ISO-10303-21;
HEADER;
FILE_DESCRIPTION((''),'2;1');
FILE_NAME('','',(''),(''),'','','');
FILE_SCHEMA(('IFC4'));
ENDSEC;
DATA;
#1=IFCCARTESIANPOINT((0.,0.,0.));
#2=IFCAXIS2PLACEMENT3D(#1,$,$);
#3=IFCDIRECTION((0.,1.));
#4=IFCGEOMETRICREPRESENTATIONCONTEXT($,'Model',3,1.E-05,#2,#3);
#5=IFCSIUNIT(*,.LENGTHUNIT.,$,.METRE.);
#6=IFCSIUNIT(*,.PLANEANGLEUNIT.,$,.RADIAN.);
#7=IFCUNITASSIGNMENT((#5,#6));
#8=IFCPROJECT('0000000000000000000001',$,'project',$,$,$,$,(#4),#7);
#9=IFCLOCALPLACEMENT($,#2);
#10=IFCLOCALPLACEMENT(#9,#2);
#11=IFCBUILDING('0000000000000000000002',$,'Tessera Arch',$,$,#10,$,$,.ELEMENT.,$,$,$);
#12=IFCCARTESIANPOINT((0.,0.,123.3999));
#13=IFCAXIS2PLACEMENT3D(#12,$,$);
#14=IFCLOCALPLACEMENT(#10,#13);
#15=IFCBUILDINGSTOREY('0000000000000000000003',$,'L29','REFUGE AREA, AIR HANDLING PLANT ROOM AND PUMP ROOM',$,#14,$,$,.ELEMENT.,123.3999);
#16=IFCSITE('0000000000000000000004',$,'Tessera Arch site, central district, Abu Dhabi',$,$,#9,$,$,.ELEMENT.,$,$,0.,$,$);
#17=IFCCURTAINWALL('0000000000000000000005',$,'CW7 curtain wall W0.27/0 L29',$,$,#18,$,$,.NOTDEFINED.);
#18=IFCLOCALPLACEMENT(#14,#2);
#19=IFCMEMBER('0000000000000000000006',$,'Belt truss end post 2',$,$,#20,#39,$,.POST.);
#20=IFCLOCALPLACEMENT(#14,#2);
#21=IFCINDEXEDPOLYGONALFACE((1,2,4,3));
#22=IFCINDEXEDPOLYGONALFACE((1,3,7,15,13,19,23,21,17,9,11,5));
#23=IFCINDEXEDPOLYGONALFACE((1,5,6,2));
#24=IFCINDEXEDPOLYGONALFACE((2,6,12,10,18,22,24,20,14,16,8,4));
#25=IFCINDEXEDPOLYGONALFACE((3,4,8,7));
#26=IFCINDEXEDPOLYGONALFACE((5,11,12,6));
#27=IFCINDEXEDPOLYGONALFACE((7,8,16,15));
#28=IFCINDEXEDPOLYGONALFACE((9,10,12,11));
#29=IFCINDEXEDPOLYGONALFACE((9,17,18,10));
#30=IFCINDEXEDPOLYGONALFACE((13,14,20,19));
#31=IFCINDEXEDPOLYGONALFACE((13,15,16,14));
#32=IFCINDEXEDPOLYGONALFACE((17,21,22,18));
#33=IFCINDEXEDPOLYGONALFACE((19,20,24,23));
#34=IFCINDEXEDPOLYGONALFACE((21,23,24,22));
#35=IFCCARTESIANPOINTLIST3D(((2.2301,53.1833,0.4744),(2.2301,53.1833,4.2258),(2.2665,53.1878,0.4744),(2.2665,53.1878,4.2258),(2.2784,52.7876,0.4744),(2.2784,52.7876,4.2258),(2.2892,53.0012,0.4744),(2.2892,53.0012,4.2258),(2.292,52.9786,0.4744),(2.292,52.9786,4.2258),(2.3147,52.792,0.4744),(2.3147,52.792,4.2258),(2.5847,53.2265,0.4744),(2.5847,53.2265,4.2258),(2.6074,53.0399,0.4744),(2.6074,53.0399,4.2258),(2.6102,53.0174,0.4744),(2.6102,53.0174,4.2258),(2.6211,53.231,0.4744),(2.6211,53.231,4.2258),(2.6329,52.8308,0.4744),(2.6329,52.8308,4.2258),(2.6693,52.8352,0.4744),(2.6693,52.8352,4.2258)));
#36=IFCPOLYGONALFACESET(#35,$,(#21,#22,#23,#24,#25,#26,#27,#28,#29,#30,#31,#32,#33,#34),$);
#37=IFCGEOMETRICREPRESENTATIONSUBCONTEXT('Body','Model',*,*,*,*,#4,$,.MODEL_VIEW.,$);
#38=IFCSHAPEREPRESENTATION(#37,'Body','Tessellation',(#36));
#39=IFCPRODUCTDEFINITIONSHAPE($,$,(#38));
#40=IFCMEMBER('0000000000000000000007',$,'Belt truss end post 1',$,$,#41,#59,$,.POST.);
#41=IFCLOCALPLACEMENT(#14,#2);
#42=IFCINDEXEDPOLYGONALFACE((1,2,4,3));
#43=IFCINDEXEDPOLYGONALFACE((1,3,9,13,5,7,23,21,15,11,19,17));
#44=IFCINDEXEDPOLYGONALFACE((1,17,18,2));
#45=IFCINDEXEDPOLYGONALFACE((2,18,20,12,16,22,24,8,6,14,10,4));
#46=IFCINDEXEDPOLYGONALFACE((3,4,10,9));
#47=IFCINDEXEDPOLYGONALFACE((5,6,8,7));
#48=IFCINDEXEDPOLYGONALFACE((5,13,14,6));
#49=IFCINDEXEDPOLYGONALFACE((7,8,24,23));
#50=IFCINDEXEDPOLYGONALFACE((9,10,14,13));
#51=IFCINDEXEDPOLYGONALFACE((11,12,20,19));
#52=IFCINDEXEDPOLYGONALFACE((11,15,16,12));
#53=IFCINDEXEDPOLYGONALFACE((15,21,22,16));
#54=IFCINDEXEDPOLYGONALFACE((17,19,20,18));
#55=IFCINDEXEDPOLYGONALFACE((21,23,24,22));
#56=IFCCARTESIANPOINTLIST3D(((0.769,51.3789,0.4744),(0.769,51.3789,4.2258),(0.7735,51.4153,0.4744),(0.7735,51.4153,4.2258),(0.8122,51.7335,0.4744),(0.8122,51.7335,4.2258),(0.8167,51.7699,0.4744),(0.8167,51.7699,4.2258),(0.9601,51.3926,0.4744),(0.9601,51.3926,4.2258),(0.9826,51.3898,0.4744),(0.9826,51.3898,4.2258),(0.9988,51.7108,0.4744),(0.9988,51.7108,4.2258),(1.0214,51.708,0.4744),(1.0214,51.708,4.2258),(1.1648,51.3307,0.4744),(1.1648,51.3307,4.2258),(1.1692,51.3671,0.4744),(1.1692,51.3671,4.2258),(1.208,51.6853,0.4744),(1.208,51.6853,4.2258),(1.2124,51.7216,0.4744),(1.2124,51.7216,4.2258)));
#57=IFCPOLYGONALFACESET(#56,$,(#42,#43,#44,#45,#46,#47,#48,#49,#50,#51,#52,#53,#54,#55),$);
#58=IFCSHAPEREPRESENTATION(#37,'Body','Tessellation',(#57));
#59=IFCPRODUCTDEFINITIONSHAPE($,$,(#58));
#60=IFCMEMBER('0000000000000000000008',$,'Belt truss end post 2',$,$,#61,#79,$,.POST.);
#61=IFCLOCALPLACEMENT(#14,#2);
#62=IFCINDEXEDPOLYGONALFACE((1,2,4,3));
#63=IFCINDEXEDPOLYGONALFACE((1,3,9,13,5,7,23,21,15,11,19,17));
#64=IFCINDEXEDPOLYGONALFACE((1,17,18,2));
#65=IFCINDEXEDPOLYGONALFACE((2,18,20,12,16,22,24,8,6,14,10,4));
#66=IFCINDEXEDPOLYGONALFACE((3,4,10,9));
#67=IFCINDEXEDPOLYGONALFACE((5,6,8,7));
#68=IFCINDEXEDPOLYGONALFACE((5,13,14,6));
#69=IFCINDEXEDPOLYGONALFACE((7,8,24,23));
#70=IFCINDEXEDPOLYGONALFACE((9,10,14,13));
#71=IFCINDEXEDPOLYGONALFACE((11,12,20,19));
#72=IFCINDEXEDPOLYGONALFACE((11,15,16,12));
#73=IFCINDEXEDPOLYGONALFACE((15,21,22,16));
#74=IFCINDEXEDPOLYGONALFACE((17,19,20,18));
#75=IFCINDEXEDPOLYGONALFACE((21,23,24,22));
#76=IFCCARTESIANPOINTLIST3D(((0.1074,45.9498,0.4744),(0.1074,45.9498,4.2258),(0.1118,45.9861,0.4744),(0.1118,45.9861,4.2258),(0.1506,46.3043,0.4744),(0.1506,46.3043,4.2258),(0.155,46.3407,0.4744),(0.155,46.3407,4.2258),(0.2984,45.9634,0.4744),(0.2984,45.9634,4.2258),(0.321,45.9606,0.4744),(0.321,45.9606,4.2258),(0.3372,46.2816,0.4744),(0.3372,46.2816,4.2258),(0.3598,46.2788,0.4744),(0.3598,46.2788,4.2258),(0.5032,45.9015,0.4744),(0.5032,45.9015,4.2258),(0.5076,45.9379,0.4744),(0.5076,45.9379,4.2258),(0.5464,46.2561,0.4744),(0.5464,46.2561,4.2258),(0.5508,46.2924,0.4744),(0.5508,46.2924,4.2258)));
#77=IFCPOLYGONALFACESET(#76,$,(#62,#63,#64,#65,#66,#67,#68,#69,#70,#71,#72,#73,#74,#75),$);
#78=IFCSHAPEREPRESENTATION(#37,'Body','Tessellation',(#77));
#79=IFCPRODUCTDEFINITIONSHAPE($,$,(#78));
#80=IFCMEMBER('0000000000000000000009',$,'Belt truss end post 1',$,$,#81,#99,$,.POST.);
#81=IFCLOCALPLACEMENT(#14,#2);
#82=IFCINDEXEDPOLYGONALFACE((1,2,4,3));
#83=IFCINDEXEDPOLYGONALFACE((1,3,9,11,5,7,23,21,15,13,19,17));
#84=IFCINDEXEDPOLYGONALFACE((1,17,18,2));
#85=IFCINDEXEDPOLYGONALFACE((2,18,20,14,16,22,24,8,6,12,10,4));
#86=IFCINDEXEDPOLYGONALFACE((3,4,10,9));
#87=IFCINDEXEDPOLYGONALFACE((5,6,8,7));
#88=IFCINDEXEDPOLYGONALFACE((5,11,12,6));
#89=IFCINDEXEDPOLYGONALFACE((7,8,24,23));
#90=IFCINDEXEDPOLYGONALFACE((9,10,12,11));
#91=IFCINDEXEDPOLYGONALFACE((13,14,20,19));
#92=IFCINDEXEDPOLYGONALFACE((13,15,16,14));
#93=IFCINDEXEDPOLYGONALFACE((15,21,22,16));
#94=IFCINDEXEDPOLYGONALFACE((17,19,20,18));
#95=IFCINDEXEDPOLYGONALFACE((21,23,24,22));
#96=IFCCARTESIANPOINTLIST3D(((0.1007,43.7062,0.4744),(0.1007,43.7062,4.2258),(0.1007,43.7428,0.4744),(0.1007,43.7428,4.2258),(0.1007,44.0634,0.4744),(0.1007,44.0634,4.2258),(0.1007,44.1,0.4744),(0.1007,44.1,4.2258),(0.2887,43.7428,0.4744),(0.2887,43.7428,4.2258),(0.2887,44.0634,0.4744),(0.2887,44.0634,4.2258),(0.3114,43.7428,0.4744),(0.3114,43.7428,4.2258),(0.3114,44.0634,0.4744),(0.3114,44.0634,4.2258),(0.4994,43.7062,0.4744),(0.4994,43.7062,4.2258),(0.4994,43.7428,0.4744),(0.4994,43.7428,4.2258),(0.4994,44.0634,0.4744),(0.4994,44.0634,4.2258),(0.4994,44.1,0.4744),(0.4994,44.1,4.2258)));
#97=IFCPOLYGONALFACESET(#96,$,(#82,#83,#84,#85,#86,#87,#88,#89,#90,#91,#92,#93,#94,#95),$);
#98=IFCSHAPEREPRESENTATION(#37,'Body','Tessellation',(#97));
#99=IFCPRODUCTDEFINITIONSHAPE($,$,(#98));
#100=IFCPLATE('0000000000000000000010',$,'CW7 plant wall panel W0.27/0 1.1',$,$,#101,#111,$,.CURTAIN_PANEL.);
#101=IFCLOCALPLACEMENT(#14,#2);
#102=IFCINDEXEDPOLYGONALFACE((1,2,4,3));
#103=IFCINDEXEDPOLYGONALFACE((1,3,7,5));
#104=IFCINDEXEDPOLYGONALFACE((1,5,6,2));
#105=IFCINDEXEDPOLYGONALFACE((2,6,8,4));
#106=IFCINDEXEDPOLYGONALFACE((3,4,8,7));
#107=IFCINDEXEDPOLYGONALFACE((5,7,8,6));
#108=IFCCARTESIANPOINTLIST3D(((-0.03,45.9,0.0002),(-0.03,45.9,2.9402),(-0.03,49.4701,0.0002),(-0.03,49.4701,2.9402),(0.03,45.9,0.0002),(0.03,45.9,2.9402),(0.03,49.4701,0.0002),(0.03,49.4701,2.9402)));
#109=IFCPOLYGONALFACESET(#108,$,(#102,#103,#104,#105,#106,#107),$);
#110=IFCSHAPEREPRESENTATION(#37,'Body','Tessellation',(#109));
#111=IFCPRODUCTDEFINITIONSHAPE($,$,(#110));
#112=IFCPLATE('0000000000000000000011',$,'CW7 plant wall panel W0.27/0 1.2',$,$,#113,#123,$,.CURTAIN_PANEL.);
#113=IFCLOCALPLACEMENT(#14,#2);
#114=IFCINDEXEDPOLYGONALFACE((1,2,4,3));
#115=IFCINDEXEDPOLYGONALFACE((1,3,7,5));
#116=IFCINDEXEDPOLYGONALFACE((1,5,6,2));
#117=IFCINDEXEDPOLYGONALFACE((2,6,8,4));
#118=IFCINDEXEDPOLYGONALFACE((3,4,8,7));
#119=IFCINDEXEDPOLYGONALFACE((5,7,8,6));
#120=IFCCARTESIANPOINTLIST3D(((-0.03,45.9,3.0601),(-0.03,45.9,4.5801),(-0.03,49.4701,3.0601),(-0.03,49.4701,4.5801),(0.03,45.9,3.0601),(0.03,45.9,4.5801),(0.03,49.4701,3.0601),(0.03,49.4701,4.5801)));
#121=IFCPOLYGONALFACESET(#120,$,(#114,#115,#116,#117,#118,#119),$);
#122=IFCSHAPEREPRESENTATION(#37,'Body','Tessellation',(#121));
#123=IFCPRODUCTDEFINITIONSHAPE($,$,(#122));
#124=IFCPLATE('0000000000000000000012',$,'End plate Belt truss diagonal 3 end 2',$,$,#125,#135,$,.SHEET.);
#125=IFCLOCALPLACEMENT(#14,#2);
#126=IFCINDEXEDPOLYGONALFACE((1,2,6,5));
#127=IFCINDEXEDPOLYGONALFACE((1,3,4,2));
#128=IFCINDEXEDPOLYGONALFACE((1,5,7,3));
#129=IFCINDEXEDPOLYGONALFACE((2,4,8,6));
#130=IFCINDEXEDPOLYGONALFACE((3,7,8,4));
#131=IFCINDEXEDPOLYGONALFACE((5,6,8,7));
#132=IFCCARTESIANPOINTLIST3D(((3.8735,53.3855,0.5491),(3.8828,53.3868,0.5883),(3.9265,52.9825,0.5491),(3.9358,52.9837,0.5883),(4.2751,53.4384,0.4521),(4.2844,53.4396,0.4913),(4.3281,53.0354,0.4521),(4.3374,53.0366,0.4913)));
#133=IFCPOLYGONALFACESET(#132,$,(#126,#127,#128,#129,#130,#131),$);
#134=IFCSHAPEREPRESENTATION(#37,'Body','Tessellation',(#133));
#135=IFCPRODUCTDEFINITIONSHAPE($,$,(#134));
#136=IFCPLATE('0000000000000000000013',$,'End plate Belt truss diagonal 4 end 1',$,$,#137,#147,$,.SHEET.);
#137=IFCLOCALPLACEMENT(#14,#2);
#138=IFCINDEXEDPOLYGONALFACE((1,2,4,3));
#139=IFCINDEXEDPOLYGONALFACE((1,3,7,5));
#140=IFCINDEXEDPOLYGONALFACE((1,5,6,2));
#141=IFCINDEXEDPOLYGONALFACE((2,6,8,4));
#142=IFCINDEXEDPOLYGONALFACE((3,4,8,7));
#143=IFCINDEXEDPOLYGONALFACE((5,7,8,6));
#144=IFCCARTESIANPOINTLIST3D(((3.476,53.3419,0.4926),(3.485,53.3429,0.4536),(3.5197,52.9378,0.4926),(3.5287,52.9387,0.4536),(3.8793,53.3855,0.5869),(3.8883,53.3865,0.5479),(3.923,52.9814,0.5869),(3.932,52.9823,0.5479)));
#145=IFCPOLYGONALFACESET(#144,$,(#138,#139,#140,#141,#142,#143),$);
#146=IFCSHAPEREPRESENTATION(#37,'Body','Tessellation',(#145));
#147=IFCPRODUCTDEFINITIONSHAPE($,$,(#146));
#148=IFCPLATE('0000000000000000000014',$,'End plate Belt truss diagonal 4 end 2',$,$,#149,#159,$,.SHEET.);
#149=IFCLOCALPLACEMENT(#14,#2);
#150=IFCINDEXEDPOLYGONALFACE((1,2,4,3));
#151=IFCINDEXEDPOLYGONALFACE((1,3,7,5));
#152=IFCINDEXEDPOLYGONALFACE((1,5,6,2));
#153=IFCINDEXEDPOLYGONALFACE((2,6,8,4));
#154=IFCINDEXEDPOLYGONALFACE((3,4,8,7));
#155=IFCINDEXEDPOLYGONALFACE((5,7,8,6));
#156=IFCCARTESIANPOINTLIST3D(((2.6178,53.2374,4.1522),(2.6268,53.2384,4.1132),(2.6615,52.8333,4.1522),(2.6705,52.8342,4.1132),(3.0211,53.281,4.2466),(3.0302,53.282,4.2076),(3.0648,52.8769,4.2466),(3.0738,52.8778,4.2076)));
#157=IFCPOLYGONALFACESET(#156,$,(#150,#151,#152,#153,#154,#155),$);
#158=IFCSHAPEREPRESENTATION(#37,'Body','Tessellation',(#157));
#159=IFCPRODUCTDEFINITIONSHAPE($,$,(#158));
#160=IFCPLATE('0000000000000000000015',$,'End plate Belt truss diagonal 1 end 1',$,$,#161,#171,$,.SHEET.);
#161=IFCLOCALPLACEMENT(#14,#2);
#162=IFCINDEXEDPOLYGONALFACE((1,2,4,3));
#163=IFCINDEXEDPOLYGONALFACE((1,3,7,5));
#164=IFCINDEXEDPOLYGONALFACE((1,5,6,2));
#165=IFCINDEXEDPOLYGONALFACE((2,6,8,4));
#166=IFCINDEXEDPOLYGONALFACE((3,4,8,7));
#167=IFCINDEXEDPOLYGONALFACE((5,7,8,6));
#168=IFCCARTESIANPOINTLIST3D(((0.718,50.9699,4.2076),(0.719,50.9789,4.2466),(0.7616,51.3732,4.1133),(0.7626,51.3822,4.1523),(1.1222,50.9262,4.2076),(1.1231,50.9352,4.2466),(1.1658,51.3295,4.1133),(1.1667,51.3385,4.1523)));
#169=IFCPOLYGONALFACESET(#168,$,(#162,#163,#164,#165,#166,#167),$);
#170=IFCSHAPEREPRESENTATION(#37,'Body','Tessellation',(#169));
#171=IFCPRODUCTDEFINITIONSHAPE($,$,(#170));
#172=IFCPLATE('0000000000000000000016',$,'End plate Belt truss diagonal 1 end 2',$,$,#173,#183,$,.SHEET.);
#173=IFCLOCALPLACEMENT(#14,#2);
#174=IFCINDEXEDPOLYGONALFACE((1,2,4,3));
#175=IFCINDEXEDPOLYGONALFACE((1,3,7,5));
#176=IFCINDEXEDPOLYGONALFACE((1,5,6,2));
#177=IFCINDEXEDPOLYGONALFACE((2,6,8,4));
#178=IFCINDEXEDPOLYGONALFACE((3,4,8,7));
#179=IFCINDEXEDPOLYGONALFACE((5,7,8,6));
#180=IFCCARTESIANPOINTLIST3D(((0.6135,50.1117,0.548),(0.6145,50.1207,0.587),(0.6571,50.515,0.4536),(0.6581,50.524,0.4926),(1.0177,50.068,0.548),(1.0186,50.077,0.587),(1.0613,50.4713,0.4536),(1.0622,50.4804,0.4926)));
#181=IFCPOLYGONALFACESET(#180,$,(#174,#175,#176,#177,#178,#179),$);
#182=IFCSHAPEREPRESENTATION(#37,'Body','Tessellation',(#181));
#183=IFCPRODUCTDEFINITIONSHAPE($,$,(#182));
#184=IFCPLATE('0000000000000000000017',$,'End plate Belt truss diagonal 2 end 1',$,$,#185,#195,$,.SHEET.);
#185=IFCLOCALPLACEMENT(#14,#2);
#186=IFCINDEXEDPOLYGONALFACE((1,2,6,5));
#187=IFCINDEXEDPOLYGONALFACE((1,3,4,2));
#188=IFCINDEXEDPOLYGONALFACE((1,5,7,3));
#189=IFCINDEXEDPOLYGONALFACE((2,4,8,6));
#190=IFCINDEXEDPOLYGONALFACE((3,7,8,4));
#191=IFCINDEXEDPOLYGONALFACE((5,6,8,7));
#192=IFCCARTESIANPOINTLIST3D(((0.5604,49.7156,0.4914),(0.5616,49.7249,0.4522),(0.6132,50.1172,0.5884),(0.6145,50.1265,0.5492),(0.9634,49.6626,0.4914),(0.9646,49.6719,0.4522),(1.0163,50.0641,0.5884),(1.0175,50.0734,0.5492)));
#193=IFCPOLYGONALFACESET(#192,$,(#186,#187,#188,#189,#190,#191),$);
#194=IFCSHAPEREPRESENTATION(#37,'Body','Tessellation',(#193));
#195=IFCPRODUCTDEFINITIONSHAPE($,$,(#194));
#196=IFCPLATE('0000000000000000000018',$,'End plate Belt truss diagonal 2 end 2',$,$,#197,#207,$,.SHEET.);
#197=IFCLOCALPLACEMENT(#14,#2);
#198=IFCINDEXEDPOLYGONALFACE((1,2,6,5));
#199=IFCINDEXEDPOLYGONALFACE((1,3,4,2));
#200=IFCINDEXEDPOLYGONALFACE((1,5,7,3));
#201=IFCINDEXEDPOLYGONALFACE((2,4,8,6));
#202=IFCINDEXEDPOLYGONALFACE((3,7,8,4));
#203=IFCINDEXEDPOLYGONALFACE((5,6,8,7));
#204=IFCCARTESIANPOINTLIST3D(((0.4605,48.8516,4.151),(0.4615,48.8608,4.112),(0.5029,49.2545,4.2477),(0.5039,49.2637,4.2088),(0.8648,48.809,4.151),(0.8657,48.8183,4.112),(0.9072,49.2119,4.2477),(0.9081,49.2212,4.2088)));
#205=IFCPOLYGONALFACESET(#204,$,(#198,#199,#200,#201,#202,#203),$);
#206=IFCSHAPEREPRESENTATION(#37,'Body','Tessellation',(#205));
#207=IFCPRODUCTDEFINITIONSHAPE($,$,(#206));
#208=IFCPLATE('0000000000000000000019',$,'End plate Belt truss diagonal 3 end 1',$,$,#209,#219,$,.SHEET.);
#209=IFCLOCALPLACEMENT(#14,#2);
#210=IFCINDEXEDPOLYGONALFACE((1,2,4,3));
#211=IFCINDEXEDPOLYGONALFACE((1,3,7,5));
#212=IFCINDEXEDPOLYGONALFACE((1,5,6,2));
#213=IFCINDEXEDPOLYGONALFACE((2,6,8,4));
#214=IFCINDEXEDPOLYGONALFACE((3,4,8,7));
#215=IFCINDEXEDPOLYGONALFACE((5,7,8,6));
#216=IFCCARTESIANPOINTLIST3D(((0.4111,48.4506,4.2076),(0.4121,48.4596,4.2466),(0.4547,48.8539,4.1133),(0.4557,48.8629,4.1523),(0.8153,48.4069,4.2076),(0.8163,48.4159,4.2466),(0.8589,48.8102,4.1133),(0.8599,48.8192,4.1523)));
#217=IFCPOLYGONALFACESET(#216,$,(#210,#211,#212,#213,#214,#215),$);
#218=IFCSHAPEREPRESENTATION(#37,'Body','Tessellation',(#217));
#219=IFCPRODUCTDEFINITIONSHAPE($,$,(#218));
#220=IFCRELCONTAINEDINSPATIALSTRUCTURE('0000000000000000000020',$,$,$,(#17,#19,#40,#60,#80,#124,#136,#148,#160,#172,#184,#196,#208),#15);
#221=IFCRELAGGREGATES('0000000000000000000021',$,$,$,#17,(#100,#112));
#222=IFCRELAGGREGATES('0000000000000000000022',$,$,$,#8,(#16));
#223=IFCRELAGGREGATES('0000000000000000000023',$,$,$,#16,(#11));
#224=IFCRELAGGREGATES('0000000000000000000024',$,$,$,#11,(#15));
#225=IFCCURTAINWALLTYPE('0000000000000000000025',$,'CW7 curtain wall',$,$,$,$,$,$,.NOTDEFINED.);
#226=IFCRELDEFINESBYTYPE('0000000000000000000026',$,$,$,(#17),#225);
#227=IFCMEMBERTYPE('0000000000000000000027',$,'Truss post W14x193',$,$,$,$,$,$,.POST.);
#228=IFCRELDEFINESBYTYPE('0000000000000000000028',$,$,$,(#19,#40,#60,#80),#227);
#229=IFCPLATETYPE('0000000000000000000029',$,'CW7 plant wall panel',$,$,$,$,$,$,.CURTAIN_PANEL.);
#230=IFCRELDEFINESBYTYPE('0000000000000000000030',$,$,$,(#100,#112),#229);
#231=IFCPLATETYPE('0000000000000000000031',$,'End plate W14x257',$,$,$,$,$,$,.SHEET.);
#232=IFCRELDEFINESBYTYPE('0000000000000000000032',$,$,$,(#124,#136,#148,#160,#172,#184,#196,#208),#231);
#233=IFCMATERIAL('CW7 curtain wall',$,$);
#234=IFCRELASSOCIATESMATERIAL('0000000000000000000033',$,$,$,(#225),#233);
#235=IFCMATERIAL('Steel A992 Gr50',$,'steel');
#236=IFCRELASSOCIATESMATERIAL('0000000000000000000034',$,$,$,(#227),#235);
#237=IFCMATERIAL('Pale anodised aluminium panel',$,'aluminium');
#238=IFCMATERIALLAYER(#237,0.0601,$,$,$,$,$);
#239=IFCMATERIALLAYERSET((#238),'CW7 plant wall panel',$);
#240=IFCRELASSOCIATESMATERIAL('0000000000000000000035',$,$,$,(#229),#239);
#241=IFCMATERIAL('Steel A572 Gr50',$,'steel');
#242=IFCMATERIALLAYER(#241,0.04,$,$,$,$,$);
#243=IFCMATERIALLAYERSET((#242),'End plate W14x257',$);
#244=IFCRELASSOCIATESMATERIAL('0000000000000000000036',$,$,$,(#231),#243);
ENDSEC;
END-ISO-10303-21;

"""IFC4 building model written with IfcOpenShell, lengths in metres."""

from ifc_helpers import new_model, si_unit, direction, frame, origin, origin_2d, place, context, subcontext, project, spatial, rectangle, i_section, extrude, material, layer, layer_set, material_profile, profile_set, type_object, element, aggregate, save


model = new_model("IFC4")

# Units and contexts
model_context = context("Model", 3, precision=1e-05, world=origin(), true_north=direction((0.0, 1.0)))
body_context = subcontext(model_context, "Body", "Model", "MODEL_VIEW")
ifc_project = project(units=[si_unit("LENGTHUNIT", "METRE"), si_unit("PLANEANGLEUNIT", "RADIAN")], contexts=[model_context])

# Site, building, storey
site_placement = place(None, origin())
site = spatial("IfcSite", under=ifc_project, at=site_placement, Name="Tessera Arch site, central district, Abu Dhabi", CompositionType="ELEMENT", RefElevation=0.0)
building_placement = place(site_placement, origin())
building = spatial("IfcBuilding", under=site, at=building_placement, Name="Tessera Arch", CompositionType="ELEMENT")
storey_placement = place(building_placement, frame((0.0, 0.0, 123.3999)))
storey = spatial("IfcBuildingStorey", under=building, at=storey_placement, Name="L29", Description="REFUGE AREA, AIR HANDLING PLANT ROOM AND PUMP ROOM", CompositionType="ELEMENT", Elevation=123.3999)

# Curtain wall
ifc_material_1 = material(Name="CW7 curtain wall")
curtain_wall_type = type_object("IfcCurtainWallType", Name="CW7 curtain wall", PredefinedType="NOTDEFINED", material=ifc_material_1)
curtain_wall_1_placement = place(storey_placement, origin())
curtain_wall_1 = element("IfcCurtainWall", 1, at=curtain_wall_1_placement, inside=storey, type_object=curtain_wall_type, Name="CW7 curtain wall W0.27/0 L29", PredefinedType="NOTDEFINED")

# Members
ifc_material_2 = material(Name="Steel A992 Gr50", Category="steel")
ifc_material_profile_1 = material_profile(ifc_material_2, i_section(OverallWidth=0.3987, OverallDepth=0.3938, WebThickness=0.0227, FlangeThickness=0.0366, at=origin_2d()), Name="W14x193")
ifc_profile_set_1 = profile_set([ifc_material_profile_1], Name="Steel A992 Gr50")
member_type_1 = type_object("IfcMemberType", Name="Truss post W14x193", PredefinedType="POST", material=ifc_profile_set_1)
for number, where, z_axis, x_axis, name in (
    (2, (2.4497, 53.0093, 0.4744), (0.0, 0.0, 1.0), (-0.120952, 0.992658, 0.0), "Belt truss end post 2"),
    (3, (0.9907, 51.5503, 0.4744), (0.0, 0.0, 1.0), (-0.992658, 0.120952, 0.0), "Belt truss end post 1"),
    (4, (0.3291, 46.1211, 0.4744), (0.0, 0.0, 1.0), (-0.992658, 0.120952, 0.0), "Belt truss end post 2"),
    (5, (0.3, 43.9031, 0.4744), (0.0, 0.0, 1.0), (1.0, 0.0, 0.0), "Belt truss end post 1"),
):
    element("IfcMember", number, at=place(storey_placement, frame(where, z_axis=z_axis, x_axis=x_axis)), inside=storey, type_object=member_type_1, Name=name, PredefinedType="POST", context=body_context, shape_type="SweptSolid", body=[
        extrude(i_section(OverallWidth=0.3987, OverallDepth=0.3938, WebThickness=0.0227, FlangeThickness=0.0366, at=origin_2d()), origin(), (0.0, 0.0, 1.0), 3.7515),
    ])

# Plates
ifc_material_3 = material(Name="Pale anodised aluminium panel", Category="aluminium")
ifc_layer_1 = layer(ifc_material_3, 0.0601)
ifc_layer_set_1 = layer_set([ifc_layer_1], Name="CW7 plant wall panel")
plate_type_1 = type_object("IfcPlateType", Name="CW7 plant wall panel", PredefinedType="CURTAIN_PANEL", material=ifc_layer_set_1)
plate_1_placement = place(storey_placement, frame((0.0, 47.6851, 0.0002), z_axis=(0.0, 0.0, 1.0), x_axis=(0.0, -1.0, 0.0)))
plate_1 = element("IfcPlate", 6, at=plate_1_placement, type_object=plate_type_1, Name="CW7 plant wall panel W0.27/0 1.1", PredefinedType="CURTAIN_PANEL", context=body_context, shape_type="SweptSolid", body=[
    extrude(rectangle(XDim=3.5701, YDim=0.0601, at=origin_2d()), origin(), (0.0, 0.0, 1.0), 2.9399),
])
plate_2_placement = place(storey_placement, frame((0.0, 47.6851, 3.0601), z_axis=(0.0, 0.0, 1.0), x_axis=(0.0, -1.0, 0.0)))
plate_2 = element("IfcPlate", 7, at=plate_2_placement, type_object=plate_type_1, Name="CW7 plant wall panel W0.27/0 1.2", PredefinedType="CURTAIN_PANEL", context=body_context, shape_type="SweptSolid", body=[
    extrude(rectangle(XDim=3.5701, YDim=0.0601, at=origin_2d()), origin(), (0.0, 0.0, 1.0), 1.52),
])
aggregate(curtain_wall_1, [plate_1, plate_2])

# Plates
ifc_material_4 = material(Name="Steel A572 Gr50", Category="steel")
ifc_layer_2 = layer(ifc_material_4, 0.04)
ifc_layer_set_2 = layer_set([ifc_layer_2], Name="End plate W14x257")
plate_type_2 = type_object("IfcPlateType", Name="End plate W14x257", PredefinedType="SHEET", material=ifc_layer_set_2)
plate_3_placement = place(storey_placement, frame((4.1101, 53.2117, 0.5398), z_axis=(-0.230966, -0.03039, -0.972487), x_axis=(0.130455, -0.991454, 0.0)))
element("IfcPlate", 8, at=plate_3_placement, inside=storey, type_object=plate_type_2, Name="End plate Belt truss diagonal 3 end 2", PredefinedType="SHEET", context=body_context, shape_type="SweptSolid", body=[
    extrude(rectangle(XDim=0.4065, YDim=0.4165, at=origin_2d()), origin(), (0.0, 0.0, 1.0), 0.0403),
])
for number, where, z_axis, x_axis, name in (
    (9, (3.7085, 53.1626, 0.5007), (-0.225237, -0.02435, 0.974), (0.107482, -0.994207, 0.0), "End plate Belt truss diagonal 4 end 1"),
    (10, (2.8503, 53.0581, 4.1604), (-0.225237, -0.02435, 0.974), (0.107482, -0.994207, 0.0), "End plate Belt truss diagonal 4 end 2"),
    (11, (0.9429, 51.1587, 4.1995), (-0.02435, -0.225237, -0.974), (0.994207, -0.107482, 0.0), "End plate Belt truss diagonal 1 end 1"),
    (12, (0.8384, 50.3005, 0.5398), (-0.02435, -0.225237, -0.974), (0.994207, -0.107482, 0.0), "End plate Belt truss diagonal 1 end 2"),
):
    element("IfcPlate", number, at=place(storey_placement, frame(where, z_axis=z_axis, x_axis=x_axis)), inside=storey, type_object=plate_type_2, Name=name, PredefinedType="SHEET", context=body_context, shape_type="SweptSolid", body=[
        extrude(rectangle(XDim=0.4065, YDim=0.4165, at=origin_2d()), origin(), (0.0, 0.0, 1.0), 0.04),
    ])
plate_4_placement = place(storey_placement, frame((0.7896, 49.8992, 0.5007), z_axis=(-0.03039, -0.230966, 0.972487), x_axis=(0.991454, -0.130455, 0.0)))
element("IfcPlate", 13, at=plate_4_placement, inside=storey, type_object=plate_type_2, Name="End plate Belt truss diagonal 2 end 1", PredefinedType="SHEET", context=body_context, shape_type="SweptSolid", body=[
    extrude(rectangle(XDim=0.4065, YDim=0.4165, at=origin_2d()), origin(), (0.0, 0.0, 1.0), 0.0403),
])
for number, where, z_axis, x_axis, name in (
    (14, (0.6848, 49.041, 4.1604), (-0.024316, -0.231004, 0.972649), (0.994505, -0.104685, 0.0), "End plate Belt truss diagonal 2 end 2"),
    (15, (0.636, 48.6394, 4.1995), (-0.02435, -0.225237, -0.974), (0.994207, -0.107482, 0.0), "End plate Belt truss diagonal 3 end 1"),
):
    element("IfcPlate", number, at=place(storey_placement, frame(where, z_axis=z_axis, x_axis=x_axis)), inside=storey, type_object=plate_type_2, Name=name, PredefinedType="SHEET", context=body_context, shape_type="SweptSolid", body=[
        extrude(rectangle(XDim=0.4065, YDim=0.4165, at=origin_2d()), origin(), (0.0, 0.0, 1.0), 0.04),
    ])

save(model, "model.ifc")
